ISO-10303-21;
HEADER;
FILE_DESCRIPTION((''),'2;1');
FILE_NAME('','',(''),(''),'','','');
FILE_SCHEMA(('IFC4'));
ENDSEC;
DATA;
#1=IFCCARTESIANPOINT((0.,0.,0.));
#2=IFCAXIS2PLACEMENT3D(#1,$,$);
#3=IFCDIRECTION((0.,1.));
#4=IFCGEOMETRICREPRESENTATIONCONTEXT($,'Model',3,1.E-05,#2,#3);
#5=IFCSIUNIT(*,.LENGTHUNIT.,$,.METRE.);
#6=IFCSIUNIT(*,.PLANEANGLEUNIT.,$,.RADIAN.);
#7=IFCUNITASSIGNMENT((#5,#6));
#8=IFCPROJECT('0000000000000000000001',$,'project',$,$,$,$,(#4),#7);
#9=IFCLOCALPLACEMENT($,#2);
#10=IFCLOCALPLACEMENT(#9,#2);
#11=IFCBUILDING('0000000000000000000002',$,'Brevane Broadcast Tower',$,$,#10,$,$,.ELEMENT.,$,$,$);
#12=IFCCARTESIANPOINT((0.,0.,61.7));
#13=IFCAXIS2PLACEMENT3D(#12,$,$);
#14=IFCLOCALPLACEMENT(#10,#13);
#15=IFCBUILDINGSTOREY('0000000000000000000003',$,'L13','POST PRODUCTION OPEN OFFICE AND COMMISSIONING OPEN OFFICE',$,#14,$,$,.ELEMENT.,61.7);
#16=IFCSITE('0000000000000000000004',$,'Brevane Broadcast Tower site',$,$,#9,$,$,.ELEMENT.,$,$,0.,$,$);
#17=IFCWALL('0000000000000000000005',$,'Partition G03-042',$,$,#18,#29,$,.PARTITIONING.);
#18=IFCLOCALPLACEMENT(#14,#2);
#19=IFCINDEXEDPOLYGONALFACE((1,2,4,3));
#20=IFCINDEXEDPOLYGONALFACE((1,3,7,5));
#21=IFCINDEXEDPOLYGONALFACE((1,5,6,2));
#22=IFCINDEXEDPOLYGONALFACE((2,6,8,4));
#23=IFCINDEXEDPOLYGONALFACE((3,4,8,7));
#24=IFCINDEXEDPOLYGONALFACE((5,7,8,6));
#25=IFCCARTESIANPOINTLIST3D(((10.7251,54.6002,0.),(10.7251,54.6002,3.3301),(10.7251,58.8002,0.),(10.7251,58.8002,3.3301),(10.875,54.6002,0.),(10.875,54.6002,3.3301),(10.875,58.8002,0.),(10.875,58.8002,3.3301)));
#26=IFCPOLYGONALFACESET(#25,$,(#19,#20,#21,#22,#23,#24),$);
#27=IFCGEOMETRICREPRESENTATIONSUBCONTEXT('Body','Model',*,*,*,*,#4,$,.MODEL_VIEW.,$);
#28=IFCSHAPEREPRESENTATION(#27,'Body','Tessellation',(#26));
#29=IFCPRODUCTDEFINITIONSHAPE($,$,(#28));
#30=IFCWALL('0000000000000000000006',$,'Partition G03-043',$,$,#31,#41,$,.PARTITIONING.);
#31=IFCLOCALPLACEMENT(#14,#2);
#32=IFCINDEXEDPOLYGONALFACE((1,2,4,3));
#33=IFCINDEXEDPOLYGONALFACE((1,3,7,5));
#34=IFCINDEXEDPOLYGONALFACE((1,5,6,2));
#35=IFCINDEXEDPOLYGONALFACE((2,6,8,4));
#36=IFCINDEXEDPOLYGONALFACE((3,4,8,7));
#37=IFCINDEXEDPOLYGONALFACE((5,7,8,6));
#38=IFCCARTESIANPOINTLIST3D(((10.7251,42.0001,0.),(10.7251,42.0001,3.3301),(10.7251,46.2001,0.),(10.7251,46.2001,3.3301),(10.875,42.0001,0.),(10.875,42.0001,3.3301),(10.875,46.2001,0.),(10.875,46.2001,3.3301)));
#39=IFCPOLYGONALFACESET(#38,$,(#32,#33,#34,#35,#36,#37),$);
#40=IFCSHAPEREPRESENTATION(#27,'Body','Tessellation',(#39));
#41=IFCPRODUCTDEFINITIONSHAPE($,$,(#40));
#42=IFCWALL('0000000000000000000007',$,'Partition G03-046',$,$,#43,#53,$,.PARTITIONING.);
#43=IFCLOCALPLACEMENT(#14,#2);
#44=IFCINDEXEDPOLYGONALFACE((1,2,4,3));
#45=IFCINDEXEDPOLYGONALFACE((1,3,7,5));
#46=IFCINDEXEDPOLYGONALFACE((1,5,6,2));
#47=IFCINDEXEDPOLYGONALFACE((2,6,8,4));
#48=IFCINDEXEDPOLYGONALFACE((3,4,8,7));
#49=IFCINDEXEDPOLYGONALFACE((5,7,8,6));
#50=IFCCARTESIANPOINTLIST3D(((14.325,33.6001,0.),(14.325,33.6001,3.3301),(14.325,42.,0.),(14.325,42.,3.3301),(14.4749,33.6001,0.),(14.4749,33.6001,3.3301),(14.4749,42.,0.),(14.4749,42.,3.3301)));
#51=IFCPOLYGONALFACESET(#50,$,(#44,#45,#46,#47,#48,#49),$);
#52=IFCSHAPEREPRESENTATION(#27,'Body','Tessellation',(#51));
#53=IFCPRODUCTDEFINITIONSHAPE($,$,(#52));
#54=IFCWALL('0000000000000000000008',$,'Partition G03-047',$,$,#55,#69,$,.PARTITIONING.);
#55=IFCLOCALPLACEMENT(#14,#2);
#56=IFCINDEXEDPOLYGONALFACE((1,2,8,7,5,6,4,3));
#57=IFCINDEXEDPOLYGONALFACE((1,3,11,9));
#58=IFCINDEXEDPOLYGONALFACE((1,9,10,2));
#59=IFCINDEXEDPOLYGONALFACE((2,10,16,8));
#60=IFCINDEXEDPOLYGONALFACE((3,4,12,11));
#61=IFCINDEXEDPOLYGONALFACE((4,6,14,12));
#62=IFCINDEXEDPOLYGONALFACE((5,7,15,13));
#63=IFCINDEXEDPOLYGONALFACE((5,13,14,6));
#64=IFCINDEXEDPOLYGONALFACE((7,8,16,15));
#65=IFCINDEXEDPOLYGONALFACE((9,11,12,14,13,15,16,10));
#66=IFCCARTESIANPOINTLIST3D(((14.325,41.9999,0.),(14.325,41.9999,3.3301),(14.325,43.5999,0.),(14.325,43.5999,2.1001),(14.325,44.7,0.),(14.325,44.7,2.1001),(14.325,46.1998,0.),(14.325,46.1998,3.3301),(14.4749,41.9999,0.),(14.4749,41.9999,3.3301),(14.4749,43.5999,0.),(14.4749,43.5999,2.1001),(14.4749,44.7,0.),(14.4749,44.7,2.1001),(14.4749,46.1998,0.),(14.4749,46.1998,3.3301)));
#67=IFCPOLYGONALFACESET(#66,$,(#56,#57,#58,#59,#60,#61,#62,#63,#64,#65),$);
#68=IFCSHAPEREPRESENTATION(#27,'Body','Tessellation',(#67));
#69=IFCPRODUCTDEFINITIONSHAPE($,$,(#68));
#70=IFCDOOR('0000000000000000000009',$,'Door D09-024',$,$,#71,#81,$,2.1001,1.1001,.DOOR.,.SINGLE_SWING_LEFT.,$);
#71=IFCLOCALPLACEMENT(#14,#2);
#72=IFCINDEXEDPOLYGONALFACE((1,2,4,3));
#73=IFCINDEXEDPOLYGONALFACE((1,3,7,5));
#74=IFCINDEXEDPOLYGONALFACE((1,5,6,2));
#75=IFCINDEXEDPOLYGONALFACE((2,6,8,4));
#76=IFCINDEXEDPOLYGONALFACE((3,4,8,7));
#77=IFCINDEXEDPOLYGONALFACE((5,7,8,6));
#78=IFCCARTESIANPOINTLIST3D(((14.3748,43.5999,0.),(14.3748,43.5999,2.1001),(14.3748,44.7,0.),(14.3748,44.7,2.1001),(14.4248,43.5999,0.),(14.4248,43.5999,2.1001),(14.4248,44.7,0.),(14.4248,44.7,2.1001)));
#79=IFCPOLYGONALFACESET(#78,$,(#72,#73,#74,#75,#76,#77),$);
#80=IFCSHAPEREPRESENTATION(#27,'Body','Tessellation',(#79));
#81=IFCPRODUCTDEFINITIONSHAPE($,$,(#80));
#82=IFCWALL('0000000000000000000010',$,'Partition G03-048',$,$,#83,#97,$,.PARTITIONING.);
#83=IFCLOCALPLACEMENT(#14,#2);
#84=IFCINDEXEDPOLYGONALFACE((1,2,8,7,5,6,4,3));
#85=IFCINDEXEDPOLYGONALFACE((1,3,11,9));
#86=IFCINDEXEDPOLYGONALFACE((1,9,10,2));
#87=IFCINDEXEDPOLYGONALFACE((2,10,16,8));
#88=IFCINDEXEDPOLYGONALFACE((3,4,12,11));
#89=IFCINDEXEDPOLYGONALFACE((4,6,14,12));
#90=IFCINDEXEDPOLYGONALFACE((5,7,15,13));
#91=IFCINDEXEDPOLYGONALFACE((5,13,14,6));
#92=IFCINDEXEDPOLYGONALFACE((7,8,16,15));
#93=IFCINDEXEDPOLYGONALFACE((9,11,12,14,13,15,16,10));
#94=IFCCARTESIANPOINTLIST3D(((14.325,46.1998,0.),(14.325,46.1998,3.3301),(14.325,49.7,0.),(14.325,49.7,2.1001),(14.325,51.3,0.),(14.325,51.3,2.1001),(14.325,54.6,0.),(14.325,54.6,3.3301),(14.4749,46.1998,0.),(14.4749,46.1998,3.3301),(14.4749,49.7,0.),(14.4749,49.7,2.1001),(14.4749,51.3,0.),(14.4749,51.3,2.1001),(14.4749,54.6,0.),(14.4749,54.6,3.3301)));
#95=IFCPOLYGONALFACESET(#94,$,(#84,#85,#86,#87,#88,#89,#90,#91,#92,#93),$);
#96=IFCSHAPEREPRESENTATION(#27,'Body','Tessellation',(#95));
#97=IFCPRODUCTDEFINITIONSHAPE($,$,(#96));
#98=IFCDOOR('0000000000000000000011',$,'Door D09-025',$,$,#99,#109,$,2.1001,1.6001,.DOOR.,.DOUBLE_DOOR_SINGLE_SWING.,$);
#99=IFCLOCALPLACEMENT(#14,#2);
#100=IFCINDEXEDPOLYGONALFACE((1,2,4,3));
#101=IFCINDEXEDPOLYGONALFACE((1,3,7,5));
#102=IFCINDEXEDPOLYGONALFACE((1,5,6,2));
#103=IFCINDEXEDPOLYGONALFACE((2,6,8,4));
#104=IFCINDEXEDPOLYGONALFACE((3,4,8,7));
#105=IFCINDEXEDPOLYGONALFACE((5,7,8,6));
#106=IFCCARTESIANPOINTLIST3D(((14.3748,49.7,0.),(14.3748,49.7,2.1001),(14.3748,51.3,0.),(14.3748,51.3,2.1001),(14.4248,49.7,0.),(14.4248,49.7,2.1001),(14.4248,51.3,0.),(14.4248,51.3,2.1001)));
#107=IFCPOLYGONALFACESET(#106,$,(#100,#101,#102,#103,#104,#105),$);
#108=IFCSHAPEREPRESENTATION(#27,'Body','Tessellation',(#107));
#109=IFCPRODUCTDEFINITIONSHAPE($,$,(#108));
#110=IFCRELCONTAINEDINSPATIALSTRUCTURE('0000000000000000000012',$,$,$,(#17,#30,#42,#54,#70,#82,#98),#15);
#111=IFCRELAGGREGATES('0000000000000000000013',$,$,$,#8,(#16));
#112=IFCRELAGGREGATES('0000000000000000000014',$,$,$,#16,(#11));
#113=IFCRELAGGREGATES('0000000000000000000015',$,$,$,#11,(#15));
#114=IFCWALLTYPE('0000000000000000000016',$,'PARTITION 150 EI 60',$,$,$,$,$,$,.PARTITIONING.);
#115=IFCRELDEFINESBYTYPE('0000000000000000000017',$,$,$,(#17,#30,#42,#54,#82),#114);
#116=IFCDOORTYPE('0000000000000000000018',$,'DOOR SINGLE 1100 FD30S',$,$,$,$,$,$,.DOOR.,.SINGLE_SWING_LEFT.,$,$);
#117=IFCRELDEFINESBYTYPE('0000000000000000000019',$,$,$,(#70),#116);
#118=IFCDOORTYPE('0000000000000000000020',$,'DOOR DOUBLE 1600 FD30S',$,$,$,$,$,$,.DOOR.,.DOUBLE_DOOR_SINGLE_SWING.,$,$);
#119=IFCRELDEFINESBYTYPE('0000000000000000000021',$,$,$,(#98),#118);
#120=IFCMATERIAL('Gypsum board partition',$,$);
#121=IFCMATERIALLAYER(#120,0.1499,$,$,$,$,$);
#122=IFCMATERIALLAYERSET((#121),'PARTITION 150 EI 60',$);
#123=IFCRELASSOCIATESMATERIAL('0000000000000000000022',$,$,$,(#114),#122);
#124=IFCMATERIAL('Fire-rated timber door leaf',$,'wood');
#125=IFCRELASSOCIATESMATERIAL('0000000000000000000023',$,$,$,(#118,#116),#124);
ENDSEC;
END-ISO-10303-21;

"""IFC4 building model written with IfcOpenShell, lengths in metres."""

from ifc_helpers import new_model, si_unit, direction, frame, frame_2d, origin, place, context, subcontext, project, spatial, rectangle, extrude, material, layer, layer_set, type_object, element, fill, save


model = new_model("IFC4")

# Units and contexts
model_context = context("Model", 3, precision=1e-05, world=origin(), true_north=direction((0.0, 1.0)))
body_context = subcontext(model_context, "Body", "Model", "MODEL_VIEW")
ifc_project = project(units=[si_unit("LENGTHUNIT", "METRE"), si_unit("PLANEANGLEUNIT", "RADIAN")], contexts=[model_context])

# Site, building, storey
site_placement = place(None, origin())
site = spatial("IfcSite", under=ifc_project, at=site_placement, Name="Brevane Broadcast Tower site", CompositionType="ELEMENT", RefElevation=0.0)
building_placement = place(site_placement, origin())
building = spatial("IfcBuilding", under=site, at=building_placement, Name="Brevane Broadcast Tower", CompositionType="ELEMENT")
storey_placement = place(building_placement, frame((0.0, 0.0, 61.7)))
storey = spatial("IfcBuildingStorey", under=building, at=storey_placement, Name="L13", Description="POST PRODUCTION OPEN OFFICE AND COMMISSIONING OPEN OFFICE", CompositionType="ELEMENT", Elevation=61.7)

# Shared definitions
ifc_material_1 = material(Name="Gypsum board partition")

# Shared definitions
ifc_layer_1 = layer(ifc_material_1, 0.1499)
ifc_layer_set_1 = layer_set([ifc_layer_1], Name="PARTITION 150 EI 60")
wall_type_1 = type_object("IfcWallType", Name="PARTITION 150 EI 60", PredefinedType="PARTITIONING", material=ifc_layer_set_1)
ifc_material_2 = material(Name="Fire-rated timber door leaf", Category="wood")
door_type_1 = type_object("IfcDoorType", Name="DOOR DOUBLE 1600 FD30S", OperationType="DOUBLE_DOOR_SINGLE_SWING", PredefinedType="DOOR", material=ifc_material_2)

# Walls
for number, where, z_axis, x_axis, name in (
    (1, (10.8, 54.6001, 0.0), (0.0, 0.0, 1.0), (0.0, 1.0, 0.0), "Partition G03-042"),
    (2, (10.8, 42.0, 0.0), (0.0, 0.0, 1.0), (0.0, 1.0, 0.0), "Partition G03-043"),
):
    element("IfcWall", number, at=place(storey_placement, frame(where, z_axis=z_axis, x_axis=x_axis)), inside=storey, type_object=wall_type_1, Name=name, PredefinedType="PARTITIONING", context=body_context, shape_type="SweptSolid", body=[
        extrude(rectangle(XDim=4.2, YDim=0.1499, at=frame_2d((2.1001, 0.0))), origin(), (0.0, 0.0, 1.0), 3.3301),
    ])
wall_1_placement = place(storey_placement, frame((14.3999, 42.0, 0.0), z_axis=(0.0, 0.0, 1.0), x_axis=(0.0, -1.0, 0.0)))
element("IfcWall", 3, at=wall_1_placement, inside=storey, type_object=wall_type_1, Name="Partition G03-046", PredefinedType="PARTITIONING", context=body_context, shape_type="SweptSolid", body=[
    extrude(rectangle(XDim=8.3999, YDim=0.1499, at=frame_2d((4.2, 0.0))), origin(), (0.0, 0.0, 1.0), 3.3301),
])

# Walls, openings, doors
wall_2_placement = place(storey_placement, frame((14.3999, 46.2, 0.0), z_axis=(0.0, 0.0, 1.0), x_axis=(0.0, -1.0, 0.0)))
wall_2 = element("IfcWall", 4, at=wall_2_placement, inside=storey, type_object=wall_type_1, Name="Partition G03-047", PredefinedType="PARTITIONING", context=body_context, shape_type="SweptSolid", body=[
    extrude(rectangle(XDim=4.2, YDim=0.1499, at=frame_2d((2.1001, 0.0))), origin(), (0.0, 0.0, 1.0), 3.3301),
])
opening_1_placement = place(wall_2_placement, frame((1.5, 0.0, 0.0)))
opening_1 = element("IfcOpeningElement", 5, at=opening_1_placement, cuts=wall_2, PredefinedType="OPENING", context=body_context, shape_type="SweptSolid", body=[
    extrude(rectangle(XDim=1.1001, YDim=2.1001, at=frame_2d((0.55, 1.05))), frame((0.0, 0.085, 0.0), z_axis=(0.0, -1.0, 0.0), x_axis=(1.0, 0.0, 0.0)), (0.0, 0.0, 1.0), 0.1699),
])
door_type_2 = type_object("IfcDoorType", Name="DOOR SINGLE 1100 FD30S", OperationType="SINGLE_SWING_LEFT", PredefinedType="DOOR", material=ifc_material_2)
door_1_placement = place(opening_1_placement, origin())
door_1 = element("IfcDoor", 6, at=door_1_placement, inside=storey, type_object=door_type_2, Name="Door D09-024", OperationType="SINGLE_SWING_LEFT", OverallHeight=2.1001, OverallWidth=1.1001, PredefinedType="DOOR", context=body_context, shape_type="SweptSolid", body=[
    extrude(rectangle(XDim=1.1001, YDim=2.1001, at=frame_2d((0.55, 1.05))), frame((0.0, 0.0249, 0.0), z_axis=(0.0, -1.0, 0.0), x_axis=(1.0, 0.0, 0.0)), (0.0, 0.0, 1.0), 0.05),
])
fill(opening_1, door_1)
wall_3_placement = place(storey_placement, frame((14.3999, 54.6001, 0.0), z_axis=(0.0, 0.0, 1.0), x_axis=(0.0, -1.0, 0.0)))
wall_3 = element("IfcWall", 7, at=wall_3_placement, inside=storey, type_object=wall_type_1, Name="Partition G03-048", PredefinedType="PARTITIONING", context=body_context, shape_type="SweptSolid", body=[
    extrude(rectangle(XDim=8.4001, YDim=0.1499, at=frame_2d((4.2002, 0.0))), origin(), (0.0, 0.0, 1.0), 3.3301),
])
opening_2_placement = place(wall_3_placement, frame((3.3, 0.0, 0.0)))
opening_2 = element("IfcOpeningElement", 8, at=opening_2_placement, cuts=wall_3, PredefinedType="OPENING", context=body_context, shape_type="SweptSolid", body=[
    extrude(rectangle(XDim=1.6001, YDim=2.1001, at=frame_2d((0.8, 1.05))), frame((0.0, 0.085, 0.0), z_axis=(0.0, -1.0, 0.0), x_axis=(1.0, 0.0, 0.0)), (0.0, 0.0, 1.0), 0.1699),
])
door_2_placement = place(opening_2_placement, origin())
door_2 = element("IfcDoor", 9, at=door_2_placement, inside=storey, type_object=door_type_1, Name="Door D09-025", OperationType="DOUBLE_DOOR_SINGLE_SWING", OverallHeight=2.1001, OverallWidth=1.6001, PredefinedType="DOOR", context=body_context, shape_type="SweptSolid", body=[
    extrude(rectangle(XDim=1.6001, YDim=2.1001, at=frame_2d((0.8, 1.05))), frame((0.0, 0.0249, 0.0), z_axis=(0.0, -1.0, 0.0), x_axis=(1.0, 0.0, 0.0)), (0.0, 0.0, 1.0), 0.05),
])
fill(opening_2, door_2)

save(model, "model.ifc")
